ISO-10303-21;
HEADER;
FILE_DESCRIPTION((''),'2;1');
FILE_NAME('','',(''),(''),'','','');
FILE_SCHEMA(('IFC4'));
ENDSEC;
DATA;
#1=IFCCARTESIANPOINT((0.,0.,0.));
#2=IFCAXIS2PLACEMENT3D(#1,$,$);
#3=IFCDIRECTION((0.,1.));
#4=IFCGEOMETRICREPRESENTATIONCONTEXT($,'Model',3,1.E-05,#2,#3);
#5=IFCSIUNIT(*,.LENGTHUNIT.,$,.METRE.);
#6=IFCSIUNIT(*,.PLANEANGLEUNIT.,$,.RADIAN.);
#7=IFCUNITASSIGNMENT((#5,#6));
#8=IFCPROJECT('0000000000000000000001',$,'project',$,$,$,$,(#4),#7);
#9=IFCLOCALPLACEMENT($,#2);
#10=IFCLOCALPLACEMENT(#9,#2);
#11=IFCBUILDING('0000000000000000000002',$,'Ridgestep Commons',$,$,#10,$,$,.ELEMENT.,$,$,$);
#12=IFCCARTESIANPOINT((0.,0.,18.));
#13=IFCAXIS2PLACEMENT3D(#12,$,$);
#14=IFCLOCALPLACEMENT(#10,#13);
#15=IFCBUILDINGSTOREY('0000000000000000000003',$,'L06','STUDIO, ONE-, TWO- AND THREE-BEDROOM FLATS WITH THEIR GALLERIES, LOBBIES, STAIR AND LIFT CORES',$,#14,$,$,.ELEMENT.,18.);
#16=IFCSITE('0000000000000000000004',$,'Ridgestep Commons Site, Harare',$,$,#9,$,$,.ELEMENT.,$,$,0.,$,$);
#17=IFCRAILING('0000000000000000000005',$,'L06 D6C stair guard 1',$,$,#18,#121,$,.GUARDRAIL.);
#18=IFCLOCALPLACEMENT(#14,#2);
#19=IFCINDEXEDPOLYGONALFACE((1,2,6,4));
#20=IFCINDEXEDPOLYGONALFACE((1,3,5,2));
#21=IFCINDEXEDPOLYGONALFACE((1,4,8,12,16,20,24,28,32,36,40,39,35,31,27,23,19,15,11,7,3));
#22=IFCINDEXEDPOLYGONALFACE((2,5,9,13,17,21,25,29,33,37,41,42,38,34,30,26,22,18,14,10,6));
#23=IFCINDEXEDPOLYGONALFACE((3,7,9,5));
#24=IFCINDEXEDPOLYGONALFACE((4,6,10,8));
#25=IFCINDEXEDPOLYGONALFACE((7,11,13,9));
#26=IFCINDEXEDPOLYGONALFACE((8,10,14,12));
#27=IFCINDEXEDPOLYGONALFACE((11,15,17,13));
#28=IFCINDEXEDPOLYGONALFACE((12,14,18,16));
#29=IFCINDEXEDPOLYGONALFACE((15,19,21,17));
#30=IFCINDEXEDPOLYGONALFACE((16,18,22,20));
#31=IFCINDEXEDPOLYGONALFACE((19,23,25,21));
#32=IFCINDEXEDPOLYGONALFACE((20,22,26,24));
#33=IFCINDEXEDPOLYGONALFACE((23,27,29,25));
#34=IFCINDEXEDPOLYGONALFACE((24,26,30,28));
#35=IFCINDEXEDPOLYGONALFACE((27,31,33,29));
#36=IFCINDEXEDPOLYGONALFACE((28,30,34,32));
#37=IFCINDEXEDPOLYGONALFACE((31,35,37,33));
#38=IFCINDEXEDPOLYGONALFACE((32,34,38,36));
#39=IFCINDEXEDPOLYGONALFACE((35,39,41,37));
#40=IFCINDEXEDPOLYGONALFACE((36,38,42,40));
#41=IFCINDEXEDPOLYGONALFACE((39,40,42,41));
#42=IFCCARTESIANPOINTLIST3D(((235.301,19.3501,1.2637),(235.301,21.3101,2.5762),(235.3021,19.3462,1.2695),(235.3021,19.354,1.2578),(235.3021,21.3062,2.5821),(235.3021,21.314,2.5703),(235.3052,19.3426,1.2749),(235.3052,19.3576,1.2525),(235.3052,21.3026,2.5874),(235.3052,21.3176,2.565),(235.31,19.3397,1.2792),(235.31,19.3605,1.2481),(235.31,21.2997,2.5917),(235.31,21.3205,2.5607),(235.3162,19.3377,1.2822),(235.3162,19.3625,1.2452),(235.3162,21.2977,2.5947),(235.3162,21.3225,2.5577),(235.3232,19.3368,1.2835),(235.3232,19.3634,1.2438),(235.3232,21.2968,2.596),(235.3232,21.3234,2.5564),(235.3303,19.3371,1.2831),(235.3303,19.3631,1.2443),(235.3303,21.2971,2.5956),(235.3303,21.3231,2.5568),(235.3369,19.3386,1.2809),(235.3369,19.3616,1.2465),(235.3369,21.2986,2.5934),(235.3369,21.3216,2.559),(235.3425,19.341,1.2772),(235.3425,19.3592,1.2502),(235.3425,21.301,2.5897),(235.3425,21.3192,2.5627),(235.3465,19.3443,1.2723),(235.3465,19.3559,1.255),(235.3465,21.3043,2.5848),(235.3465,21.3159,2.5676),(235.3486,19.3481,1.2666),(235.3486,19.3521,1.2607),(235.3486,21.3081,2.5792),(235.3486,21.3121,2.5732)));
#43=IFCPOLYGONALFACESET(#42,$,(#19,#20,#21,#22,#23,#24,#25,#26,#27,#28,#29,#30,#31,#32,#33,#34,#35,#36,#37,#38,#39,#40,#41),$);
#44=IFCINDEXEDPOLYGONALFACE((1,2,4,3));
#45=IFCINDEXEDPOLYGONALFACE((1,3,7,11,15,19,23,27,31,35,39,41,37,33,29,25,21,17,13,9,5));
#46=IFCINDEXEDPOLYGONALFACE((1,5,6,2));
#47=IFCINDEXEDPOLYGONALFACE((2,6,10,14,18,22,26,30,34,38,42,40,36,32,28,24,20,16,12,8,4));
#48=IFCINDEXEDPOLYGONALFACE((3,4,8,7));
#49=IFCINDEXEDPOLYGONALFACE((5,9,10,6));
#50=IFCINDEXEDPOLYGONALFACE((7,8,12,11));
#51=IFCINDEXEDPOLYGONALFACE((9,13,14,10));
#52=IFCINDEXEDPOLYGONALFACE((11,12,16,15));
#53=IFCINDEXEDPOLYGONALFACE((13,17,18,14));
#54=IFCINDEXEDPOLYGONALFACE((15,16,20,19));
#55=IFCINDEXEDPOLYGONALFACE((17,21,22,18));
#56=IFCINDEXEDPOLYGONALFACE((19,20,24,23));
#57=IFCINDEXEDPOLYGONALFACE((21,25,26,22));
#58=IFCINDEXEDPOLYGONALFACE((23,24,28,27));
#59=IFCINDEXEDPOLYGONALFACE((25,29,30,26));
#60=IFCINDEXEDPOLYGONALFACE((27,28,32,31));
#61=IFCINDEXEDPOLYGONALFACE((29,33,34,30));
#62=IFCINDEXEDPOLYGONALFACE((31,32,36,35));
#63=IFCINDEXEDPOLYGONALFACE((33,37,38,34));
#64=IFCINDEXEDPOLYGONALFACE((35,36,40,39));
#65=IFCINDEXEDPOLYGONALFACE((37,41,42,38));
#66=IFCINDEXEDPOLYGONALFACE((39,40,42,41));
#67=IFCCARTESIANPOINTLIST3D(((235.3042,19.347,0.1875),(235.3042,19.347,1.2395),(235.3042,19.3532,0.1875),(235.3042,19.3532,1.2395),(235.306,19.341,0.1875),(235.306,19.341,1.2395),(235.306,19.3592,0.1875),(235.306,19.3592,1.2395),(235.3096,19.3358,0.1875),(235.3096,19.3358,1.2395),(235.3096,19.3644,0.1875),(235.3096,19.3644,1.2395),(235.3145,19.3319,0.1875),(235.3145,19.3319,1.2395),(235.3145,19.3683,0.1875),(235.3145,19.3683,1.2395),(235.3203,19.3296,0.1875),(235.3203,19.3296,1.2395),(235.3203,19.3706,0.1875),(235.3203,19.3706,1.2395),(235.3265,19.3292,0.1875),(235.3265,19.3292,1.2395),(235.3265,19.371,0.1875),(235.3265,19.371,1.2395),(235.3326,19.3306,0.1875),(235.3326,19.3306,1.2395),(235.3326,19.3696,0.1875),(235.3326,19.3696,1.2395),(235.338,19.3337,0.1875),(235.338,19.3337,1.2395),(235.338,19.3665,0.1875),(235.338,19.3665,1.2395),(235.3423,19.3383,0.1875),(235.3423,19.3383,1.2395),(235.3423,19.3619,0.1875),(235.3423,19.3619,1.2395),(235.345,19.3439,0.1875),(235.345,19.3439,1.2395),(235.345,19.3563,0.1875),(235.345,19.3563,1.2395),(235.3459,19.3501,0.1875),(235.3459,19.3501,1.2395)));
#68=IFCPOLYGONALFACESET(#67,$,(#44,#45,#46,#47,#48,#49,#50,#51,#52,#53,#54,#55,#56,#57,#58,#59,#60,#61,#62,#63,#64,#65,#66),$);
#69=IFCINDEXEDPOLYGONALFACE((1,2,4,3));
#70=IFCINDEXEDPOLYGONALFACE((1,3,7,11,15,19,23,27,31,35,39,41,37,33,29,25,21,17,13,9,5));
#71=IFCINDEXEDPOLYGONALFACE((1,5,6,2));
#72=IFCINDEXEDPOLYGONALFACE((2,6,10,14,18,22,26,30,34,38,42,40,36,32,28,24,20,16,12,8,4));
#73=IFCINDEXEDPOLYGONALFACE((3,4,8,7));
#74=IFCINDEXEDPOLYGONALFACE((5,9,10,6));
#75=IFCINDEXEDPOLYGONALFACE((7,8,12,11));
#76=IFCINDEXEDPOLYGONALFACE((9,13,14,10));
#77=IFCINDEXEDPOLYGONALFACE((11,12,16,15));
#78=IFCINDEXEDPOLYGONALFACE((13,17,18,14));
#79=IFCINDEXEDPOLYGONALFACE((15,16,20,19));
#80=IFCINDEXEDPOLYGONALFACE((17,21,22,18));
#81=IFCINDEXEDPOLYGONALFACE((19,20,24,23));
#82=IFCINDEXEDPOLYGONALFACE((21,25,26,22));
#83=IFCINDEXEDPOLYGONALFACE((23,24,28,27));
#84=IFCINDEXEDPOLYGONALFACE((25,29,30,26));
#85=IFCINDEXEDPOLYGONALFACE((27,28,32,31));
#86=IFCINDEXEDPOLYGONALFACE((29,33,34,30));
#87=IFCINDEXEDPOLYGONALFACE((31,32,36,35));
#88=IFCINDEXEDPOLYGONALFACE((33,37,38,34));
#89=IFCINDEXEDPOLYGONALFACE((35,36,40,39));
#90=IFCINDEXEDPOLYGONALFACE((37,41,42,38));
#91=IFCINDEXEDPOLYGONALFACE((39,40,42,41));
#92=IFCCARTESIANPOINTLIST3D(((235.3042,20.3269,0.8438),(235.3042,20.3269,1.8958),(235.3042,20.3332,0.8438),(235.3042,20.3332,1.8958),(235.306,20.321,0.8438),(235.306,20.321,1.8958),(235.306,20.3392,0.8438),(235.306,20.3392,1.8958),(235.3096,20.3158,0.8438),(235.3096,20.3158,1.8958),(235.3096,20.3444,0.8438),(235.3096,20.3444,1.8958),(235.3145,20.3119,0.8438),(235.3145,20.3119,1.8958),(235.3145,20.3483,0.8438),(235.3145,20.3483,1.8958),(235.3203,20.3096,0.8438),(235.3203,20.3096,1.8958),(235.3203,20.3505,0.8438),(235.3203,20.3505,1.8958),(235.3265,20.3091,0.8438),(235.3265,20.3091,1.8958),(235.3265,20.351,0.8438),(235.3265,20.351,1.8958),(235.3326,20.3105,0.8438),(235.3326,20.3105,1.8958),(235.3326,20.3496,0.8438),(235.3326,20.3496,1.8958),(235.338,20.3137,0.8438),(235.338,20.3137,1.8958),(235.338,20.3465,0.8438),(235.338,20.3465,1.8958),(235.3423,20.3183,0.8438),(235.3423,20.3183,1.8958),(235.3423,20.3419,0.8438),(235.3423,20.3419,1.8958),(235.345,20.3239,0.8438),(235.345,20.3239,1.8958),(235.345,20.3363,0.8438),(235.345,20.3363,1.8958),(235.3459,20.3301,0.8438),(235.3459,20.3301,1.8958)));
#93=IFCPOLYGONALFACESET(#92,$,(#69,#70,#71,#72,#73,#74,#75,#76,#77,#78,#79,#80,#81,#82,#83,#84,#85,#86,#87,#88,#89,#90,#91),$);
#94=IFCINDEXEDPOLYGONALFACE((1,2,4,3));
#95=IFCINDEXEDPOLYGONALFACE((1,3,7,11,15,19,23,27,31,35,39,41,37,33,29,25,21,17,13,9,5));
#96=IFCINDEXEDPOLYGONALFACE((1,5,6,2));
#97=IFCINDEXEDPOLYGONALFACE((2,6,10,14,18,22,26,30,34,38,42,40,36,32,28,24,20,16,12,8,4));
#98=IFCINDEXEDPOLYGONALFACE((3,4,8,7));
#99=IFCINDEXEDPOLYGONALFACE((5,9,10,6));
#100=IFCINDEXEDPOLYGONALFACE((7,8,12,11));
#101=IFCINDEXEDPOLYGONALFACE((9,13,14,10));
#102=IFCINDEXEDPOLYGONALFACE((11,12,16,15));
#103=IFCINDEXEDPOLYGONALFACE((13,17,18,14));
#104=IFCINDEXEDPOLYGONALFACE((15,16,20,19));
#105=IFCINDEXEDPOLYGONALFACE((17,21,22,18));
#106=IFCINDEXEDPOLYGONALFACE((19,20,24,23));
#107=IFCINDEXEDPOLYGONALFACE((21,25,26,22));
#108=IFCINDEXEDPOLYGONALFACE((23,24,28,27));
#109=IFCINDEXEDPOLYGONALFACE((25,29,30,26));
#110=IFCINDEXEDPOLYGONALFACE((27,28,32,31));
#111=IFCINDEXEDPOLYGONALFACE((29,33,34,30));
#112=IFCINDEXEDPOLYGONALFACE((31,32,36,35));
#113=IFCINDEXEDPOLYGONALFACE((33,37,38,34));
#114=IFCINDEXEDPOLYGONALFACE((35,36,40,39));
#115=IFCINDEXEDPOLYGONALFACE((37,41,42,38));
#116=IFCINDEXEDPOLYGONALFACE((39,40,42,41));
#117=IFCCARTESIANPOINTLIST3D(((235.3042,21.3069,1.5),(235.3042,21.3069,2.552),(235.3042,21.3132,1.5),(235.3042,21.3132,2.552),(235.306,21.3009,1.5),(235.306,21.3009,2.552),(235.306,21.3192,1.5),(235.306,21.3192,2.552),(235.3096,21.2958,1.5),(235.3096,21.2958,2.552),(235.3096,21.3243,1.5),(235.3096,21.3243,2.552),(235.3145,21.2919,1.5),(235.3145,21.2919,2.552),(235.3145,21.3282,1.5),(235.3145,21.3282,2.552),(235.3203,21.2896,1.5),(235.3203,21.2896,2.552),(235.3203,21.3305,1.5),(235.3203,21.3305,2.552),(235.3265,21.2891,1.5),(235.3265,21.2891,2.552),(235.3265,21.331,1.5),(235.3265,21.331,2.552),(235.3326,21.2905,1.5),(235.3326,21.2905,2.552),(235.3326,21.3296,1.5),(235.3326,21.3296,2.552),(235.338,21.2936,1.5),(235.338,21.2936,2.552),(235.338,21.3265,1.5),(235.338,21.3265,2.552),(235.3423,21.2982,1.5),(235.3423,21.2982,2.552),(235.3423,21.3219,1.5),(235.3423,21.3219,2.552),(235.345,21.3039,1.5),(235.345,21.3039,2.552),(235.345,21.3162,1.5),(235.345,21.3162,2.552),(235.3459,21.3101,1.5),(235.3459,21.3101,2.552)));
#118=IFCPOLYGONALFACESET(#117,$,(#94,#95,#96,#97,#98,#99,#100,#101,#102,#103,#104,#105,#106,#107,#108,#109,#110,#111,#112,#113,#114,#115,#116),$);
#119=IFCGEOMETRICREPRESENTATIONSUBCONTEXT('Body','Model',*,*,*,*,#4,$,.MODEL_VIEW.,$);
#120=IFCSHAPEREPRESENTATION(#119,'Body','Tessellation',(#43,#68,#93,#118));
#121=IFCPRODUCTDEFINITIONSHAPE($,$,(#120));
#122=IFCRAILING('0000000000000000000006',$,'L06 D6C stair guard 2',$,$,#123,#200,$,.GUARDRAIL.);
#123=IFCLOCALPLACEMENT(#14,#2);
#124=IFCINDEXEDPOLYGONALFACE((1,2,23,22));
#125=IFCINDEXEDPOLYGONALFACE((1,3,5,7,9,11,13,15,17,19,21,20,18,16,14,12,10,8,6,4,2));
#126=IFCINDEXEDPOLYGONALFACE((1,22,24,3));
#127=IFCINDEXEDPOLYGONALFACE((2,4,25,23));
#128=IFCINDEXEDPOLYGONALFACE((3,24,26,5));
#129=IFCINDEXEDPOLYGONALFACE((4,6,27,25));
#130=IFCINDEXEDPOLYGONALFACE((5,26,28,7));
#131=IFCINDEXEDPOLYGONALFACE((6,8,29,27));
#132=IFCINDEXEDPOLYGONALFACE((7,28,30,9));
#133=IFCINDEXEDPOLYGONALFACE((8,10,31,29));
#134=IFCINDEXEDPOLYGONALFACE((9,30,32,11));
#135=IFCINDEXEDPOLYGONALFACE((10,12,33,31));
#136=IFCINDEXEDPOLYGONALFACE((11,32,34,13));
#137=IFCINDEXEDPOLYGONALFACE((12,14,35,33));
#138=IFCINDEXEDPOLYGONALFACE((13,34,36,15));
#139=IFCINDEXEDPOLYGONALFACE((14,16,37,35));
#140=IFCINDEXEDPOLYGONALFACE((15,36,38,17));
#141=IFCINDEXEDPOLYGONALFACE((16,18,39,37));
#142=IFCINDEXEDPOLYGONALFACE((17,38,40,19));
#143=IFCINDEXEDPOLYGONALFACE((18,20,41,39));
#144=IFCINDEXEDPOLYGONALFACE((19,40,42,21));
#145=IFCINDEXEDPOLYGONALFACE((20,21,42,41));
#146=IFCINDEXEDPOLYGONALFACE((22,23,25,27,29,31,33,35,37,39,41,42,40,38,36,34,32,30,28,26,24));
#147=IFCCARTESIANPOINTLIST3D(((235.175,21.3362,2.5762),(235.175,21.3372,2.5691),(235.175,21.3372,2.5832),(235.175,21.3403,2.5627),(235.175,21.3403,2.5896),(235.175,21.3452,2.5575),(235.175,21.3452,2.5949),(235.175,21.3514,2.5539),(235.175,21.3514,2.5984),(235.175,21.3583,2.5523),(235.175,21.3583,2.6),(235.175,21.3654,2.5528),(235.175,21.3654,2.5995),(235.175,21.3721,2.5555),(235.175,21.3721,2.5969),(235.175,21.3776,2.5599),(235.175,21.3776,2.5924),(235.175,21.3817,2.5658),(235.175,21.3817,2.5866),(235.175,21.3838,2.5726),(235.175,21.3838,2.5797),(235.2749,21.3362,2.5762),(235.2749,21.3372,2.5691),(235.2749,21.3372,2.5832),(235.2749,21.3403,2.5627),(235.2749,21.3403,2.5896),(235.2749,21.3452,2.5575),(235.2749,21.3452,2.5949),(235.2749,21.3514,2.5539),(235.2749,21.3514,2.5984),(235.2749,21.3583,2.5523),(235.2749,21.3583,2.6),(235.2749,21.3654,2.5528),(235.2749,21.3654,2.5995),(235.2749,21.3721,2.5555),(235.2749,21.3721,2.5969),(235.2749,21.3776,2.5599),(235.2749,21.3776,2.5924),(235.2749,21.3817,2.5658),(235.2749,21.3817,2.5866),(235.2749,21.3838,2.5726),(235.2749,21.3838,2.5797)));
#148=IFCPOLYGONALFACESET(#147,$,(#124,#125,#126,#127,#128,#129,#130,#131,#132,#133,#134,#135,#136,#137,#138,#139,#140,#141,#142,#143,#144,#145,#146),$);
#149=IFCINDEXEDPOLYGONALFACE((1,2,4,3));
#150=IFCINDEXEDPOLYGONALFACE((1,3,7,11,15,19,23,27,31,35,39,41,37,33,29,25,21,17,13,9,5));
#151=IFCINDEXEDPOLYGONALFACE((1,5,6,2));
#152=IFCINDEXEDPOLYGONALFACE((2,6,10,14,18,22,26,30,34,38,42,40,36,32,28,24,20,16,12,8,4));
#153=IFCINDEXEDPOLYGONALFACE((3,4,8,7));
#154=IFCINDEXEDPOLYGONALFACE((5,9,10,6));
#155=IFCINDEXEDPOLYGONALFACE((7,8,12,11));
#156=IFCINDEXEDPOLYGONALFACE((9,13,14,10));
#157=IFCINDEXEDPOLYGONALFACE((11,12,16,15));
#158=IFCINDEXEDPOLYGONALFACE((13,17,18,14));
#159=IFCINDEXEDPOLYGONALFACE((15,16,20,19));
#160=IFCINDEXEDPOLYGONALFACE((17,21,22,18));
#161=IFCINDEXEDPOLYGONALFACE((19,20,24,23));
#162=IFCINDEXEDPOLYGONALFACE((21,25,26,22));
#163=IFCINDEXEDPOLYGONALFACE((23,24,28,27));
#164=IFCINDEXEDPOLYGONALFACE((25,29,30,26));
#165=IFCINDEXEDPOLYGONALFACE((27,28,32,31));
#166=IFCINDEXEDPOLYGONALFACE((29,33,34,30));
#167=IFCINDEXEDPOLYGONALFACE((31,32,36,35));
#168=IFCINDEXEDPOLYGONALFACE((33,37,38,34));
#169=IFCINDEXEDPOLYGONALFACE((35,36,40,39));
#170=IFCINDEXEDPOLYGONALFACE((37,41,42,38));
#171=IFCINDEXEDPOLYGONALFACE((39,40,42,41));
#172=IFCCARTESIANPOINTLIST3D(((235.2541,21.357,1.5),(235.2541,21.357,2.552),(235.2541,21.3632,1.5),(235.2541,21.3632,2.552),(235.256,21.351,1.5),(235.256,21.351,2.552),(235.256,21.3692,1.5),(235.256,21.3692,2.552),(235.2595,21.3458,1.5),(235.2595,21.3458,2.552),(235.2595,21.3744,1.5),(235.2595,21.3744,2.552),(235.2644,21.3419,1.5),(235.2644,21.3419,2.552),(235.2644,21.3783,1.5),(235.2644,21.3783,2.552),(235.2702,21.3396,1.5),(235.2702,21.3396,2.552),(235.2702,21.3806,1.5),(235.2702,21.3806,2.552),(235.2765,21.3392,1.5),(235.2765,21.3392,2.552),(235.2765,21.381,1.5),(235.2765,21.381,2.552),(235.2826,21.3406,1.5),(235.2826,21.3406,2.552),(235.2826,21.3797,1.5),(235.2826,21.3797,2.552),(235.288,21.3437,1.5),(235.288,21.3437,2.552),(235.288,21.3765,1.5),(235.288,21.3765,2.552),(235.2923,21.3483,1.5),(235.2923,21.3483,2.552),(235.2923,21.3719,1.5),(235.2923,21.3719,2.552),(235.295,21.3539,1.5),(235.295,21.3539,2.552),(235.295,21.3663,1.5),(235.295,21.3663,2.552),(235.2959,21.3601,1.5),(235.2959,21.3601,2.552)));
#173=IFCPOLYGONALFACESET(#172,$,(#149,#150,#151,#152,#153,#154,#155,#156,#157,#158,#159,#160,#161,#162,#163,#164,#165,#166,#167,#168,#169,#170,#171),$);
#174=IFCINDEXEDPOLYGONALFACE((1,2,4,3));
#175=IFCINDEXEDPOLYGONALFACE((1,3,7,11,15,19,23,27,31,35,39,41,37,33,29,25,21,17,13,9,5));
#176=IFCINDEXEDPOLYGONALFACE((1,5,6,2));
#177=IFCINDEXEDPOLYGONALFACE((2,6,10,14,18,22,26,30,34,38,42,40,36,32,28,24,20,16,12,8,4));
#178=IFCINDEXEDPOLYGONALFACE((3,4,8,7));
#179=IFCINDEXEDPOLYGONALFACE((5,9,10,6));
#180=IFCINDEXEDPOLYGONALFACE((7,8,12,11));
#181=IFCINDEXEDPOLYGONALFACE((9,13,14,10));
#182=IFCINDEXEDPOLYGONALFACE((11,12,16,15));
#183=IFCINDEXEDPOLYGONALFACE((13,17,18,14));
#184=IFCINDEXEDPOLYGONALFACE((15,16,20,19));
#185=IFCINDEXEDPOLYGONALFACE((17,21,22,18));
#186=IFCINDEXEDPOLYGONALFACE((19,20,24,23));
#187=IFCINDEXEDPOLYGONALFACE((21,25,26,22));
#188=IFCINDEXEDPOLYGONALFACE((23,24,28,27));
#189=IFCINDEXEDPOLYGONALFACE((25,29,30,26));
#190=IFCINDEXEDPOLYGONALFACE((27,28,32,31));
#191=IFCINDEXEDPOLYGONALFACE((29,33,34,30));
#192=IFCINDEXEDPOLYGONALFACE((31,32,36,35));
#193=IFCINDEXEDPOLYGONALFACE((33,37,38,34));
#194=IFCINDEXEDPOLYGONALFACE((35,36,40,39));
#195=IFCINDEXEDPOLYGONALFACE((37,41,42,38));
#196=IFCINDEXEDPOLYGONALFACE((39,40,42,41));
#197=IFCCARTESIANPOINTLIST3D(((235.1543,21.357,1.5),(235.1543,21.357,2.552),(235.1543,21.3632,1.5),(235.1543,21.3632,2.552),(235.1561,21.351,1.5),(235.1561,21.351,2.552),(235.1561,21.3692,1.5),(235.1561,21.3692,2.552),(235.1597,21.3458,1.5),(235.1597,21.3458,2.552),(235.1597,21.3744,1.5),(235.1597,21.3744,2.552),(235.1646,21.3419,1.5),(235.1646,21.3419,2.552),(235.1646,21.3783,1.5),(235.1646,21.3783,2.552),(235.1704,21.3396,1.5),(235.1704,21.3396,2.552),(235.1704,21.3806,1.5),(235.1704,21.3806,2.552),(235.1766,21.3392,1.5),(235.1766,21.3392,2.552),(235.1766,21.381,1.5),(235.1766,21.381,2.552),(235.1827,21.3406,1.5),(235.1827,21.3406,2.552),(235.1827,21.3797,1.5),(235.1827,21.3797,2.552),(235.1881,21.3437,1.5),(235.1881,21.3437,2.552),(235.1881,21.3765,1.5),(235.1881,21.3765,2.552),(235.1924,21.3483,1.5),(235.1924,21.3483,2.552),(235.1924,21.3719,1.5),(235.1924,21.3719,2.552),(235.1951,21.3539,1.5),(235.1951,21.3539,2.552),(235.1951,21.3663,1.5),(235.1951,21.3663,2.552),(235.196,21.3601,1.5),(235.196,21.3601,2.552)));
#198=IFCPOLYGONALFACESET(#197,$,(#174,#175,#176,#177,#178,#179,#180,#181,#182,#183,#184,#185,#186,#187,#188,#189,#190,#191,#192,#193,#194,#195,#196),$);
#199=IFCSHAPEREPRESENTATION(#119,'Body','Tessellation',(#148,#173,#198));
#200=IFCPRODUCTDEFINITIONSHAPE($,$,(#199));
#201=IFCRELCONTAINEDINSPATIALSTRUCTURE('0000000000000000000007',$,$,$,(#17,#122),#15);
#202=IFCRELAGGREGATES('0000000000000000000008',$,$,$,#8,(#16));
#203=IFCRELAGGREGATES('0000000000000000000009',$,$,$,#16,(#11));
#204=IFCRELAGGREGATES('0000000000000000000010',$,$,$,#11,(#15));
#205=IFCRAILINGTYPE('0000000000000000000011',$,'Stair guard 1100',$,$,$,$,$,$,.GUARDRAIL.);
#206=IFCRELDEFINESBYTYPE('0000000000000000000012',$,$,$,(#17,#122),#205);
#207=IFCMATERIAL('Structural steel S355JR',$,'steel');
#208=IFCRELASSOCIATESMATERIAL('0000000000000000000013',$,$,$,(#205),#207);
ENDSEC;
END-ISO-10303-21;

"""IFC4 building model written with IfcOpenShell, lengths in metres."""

from ifc_helpers import new_model, si_unit, direction, frame, origin, origin_2d, place, context, subcontext, project, spatial, circle, extrude, material, type_object, element, save


model = new_model("IFC4")

# Units and contexts
model_context = context("Model", 3, precision=1e-05, world=origin(), true_north=direction((0.0, 1.0)))
body_context = subcontext(model_context, "Body", "Model", "MODEL_VIEW")
ifc_project = project(units=[si_unit("LENGTHUNIT", "METRE"), si_unit("PLANEANGLEUNIT", "RADIAN")], contexts=[model_context])

# Site, building, storey
site_placement = place(None, origin())
site = spatial("IfcSite", under=ifc_project, at=site_placement, Name="Ridgestep Commons Site, Harare", CompositionType="ELEMENT", RefElevation=0.0)
building_placement = place(site_placement, origin())
building = spatial("IfcBuilding", under=site, at=building_placement, Name="Ridgestep Commons", CompositionType="ELEMENT")
storey_placement = place(building_placement, frame((0.0, 0.0, 18.0)))
storey = spatial("IfcBuildingStorey", under=building, at=storey_placement, Name="L06", Description="STUDIO, ONE-, TWO- AND THREE-BEDROOM FLATS WITH THEIR GALLERIES, LOBBIES, STAIR AND LIFT CORES", CompositionType="ELEMENT", Elevation=18.0)

# Railings
ifc_material_1 = material(Name="Structural steel S355JR", Category="steel")
railing_type_1 = type_object("IfcRailingType", Name="Stair guard 1100", PredefinedType="GUARDRAIL", material=ifc_material_1)
railing_1_placement = place(storey_placement, frame((235.325, 19.3501, 0.1875)))
element("IfcRailing", 1, at=railing_1_placement, inside=storey, type_object=railing_type_1, Name="L06 D6C stair guard 1", PredefinedType="GUARDRAIL", context=body_context, shape_type="SweptSolid", body=[
    extrude(circle(Radius=0.0239, at=origin_2d()), frame((0.0, 0.0, 1.0762), z_axis=(0.0, 0.830902, 0.556419), x_axis=(-1.0, 0.0, 0.0)), (0.0, 0.0, 1.0), 2.3589),
    extrude(circle(Radius=0.021, at=origin_2d()), origin(), (0.0, 0.0, 1.0), 1.052),
    extrude(circle(Radius=0.021, at=origin_2d()), frame((0.0, 0.98, 0.6562)), (0.0, 0.0, 1.0), 1.052),
    extrude(circle(Radius=0.021, at=origin_2d()), frame((0.0, 1.96, 1.3125)), (0.0, 0.0, 1.0), 1.052),
])
railing_2_placement = place(storey_placement, frame((235.2749, 21.3601, 1.5)))
element("IfcRailing", 2, at=railing_2_placement, inside=storey, type_object=railing_type_1, Name="L06 D6C stair guard 2", PredefinedType="GUARDRAIL", context=body_context, shape_type="SweptSolid", body=[
    extrude(circle(Radius=0.0239, at=origin_2d()), frame((0.0, 0.0, 1.0762), z_axis=(-1.0, 0.0, 0.0), x_axis=(0.0, -1.0, 0.0)), (0.0, 0.0, 1.0), 0.0999),
    extrude(circle(Radius=0.021, at=origin_2d()), origin(), (0.0, 0.0, 1.0), 1.052),
    extrude(circle(Radius=0.021, at=origin_2d()), frame((-0.0999, 0.0, 0.0)), (0.0, 0.0, 1.0), 1.052),
])

save(model, "model.ifc")
